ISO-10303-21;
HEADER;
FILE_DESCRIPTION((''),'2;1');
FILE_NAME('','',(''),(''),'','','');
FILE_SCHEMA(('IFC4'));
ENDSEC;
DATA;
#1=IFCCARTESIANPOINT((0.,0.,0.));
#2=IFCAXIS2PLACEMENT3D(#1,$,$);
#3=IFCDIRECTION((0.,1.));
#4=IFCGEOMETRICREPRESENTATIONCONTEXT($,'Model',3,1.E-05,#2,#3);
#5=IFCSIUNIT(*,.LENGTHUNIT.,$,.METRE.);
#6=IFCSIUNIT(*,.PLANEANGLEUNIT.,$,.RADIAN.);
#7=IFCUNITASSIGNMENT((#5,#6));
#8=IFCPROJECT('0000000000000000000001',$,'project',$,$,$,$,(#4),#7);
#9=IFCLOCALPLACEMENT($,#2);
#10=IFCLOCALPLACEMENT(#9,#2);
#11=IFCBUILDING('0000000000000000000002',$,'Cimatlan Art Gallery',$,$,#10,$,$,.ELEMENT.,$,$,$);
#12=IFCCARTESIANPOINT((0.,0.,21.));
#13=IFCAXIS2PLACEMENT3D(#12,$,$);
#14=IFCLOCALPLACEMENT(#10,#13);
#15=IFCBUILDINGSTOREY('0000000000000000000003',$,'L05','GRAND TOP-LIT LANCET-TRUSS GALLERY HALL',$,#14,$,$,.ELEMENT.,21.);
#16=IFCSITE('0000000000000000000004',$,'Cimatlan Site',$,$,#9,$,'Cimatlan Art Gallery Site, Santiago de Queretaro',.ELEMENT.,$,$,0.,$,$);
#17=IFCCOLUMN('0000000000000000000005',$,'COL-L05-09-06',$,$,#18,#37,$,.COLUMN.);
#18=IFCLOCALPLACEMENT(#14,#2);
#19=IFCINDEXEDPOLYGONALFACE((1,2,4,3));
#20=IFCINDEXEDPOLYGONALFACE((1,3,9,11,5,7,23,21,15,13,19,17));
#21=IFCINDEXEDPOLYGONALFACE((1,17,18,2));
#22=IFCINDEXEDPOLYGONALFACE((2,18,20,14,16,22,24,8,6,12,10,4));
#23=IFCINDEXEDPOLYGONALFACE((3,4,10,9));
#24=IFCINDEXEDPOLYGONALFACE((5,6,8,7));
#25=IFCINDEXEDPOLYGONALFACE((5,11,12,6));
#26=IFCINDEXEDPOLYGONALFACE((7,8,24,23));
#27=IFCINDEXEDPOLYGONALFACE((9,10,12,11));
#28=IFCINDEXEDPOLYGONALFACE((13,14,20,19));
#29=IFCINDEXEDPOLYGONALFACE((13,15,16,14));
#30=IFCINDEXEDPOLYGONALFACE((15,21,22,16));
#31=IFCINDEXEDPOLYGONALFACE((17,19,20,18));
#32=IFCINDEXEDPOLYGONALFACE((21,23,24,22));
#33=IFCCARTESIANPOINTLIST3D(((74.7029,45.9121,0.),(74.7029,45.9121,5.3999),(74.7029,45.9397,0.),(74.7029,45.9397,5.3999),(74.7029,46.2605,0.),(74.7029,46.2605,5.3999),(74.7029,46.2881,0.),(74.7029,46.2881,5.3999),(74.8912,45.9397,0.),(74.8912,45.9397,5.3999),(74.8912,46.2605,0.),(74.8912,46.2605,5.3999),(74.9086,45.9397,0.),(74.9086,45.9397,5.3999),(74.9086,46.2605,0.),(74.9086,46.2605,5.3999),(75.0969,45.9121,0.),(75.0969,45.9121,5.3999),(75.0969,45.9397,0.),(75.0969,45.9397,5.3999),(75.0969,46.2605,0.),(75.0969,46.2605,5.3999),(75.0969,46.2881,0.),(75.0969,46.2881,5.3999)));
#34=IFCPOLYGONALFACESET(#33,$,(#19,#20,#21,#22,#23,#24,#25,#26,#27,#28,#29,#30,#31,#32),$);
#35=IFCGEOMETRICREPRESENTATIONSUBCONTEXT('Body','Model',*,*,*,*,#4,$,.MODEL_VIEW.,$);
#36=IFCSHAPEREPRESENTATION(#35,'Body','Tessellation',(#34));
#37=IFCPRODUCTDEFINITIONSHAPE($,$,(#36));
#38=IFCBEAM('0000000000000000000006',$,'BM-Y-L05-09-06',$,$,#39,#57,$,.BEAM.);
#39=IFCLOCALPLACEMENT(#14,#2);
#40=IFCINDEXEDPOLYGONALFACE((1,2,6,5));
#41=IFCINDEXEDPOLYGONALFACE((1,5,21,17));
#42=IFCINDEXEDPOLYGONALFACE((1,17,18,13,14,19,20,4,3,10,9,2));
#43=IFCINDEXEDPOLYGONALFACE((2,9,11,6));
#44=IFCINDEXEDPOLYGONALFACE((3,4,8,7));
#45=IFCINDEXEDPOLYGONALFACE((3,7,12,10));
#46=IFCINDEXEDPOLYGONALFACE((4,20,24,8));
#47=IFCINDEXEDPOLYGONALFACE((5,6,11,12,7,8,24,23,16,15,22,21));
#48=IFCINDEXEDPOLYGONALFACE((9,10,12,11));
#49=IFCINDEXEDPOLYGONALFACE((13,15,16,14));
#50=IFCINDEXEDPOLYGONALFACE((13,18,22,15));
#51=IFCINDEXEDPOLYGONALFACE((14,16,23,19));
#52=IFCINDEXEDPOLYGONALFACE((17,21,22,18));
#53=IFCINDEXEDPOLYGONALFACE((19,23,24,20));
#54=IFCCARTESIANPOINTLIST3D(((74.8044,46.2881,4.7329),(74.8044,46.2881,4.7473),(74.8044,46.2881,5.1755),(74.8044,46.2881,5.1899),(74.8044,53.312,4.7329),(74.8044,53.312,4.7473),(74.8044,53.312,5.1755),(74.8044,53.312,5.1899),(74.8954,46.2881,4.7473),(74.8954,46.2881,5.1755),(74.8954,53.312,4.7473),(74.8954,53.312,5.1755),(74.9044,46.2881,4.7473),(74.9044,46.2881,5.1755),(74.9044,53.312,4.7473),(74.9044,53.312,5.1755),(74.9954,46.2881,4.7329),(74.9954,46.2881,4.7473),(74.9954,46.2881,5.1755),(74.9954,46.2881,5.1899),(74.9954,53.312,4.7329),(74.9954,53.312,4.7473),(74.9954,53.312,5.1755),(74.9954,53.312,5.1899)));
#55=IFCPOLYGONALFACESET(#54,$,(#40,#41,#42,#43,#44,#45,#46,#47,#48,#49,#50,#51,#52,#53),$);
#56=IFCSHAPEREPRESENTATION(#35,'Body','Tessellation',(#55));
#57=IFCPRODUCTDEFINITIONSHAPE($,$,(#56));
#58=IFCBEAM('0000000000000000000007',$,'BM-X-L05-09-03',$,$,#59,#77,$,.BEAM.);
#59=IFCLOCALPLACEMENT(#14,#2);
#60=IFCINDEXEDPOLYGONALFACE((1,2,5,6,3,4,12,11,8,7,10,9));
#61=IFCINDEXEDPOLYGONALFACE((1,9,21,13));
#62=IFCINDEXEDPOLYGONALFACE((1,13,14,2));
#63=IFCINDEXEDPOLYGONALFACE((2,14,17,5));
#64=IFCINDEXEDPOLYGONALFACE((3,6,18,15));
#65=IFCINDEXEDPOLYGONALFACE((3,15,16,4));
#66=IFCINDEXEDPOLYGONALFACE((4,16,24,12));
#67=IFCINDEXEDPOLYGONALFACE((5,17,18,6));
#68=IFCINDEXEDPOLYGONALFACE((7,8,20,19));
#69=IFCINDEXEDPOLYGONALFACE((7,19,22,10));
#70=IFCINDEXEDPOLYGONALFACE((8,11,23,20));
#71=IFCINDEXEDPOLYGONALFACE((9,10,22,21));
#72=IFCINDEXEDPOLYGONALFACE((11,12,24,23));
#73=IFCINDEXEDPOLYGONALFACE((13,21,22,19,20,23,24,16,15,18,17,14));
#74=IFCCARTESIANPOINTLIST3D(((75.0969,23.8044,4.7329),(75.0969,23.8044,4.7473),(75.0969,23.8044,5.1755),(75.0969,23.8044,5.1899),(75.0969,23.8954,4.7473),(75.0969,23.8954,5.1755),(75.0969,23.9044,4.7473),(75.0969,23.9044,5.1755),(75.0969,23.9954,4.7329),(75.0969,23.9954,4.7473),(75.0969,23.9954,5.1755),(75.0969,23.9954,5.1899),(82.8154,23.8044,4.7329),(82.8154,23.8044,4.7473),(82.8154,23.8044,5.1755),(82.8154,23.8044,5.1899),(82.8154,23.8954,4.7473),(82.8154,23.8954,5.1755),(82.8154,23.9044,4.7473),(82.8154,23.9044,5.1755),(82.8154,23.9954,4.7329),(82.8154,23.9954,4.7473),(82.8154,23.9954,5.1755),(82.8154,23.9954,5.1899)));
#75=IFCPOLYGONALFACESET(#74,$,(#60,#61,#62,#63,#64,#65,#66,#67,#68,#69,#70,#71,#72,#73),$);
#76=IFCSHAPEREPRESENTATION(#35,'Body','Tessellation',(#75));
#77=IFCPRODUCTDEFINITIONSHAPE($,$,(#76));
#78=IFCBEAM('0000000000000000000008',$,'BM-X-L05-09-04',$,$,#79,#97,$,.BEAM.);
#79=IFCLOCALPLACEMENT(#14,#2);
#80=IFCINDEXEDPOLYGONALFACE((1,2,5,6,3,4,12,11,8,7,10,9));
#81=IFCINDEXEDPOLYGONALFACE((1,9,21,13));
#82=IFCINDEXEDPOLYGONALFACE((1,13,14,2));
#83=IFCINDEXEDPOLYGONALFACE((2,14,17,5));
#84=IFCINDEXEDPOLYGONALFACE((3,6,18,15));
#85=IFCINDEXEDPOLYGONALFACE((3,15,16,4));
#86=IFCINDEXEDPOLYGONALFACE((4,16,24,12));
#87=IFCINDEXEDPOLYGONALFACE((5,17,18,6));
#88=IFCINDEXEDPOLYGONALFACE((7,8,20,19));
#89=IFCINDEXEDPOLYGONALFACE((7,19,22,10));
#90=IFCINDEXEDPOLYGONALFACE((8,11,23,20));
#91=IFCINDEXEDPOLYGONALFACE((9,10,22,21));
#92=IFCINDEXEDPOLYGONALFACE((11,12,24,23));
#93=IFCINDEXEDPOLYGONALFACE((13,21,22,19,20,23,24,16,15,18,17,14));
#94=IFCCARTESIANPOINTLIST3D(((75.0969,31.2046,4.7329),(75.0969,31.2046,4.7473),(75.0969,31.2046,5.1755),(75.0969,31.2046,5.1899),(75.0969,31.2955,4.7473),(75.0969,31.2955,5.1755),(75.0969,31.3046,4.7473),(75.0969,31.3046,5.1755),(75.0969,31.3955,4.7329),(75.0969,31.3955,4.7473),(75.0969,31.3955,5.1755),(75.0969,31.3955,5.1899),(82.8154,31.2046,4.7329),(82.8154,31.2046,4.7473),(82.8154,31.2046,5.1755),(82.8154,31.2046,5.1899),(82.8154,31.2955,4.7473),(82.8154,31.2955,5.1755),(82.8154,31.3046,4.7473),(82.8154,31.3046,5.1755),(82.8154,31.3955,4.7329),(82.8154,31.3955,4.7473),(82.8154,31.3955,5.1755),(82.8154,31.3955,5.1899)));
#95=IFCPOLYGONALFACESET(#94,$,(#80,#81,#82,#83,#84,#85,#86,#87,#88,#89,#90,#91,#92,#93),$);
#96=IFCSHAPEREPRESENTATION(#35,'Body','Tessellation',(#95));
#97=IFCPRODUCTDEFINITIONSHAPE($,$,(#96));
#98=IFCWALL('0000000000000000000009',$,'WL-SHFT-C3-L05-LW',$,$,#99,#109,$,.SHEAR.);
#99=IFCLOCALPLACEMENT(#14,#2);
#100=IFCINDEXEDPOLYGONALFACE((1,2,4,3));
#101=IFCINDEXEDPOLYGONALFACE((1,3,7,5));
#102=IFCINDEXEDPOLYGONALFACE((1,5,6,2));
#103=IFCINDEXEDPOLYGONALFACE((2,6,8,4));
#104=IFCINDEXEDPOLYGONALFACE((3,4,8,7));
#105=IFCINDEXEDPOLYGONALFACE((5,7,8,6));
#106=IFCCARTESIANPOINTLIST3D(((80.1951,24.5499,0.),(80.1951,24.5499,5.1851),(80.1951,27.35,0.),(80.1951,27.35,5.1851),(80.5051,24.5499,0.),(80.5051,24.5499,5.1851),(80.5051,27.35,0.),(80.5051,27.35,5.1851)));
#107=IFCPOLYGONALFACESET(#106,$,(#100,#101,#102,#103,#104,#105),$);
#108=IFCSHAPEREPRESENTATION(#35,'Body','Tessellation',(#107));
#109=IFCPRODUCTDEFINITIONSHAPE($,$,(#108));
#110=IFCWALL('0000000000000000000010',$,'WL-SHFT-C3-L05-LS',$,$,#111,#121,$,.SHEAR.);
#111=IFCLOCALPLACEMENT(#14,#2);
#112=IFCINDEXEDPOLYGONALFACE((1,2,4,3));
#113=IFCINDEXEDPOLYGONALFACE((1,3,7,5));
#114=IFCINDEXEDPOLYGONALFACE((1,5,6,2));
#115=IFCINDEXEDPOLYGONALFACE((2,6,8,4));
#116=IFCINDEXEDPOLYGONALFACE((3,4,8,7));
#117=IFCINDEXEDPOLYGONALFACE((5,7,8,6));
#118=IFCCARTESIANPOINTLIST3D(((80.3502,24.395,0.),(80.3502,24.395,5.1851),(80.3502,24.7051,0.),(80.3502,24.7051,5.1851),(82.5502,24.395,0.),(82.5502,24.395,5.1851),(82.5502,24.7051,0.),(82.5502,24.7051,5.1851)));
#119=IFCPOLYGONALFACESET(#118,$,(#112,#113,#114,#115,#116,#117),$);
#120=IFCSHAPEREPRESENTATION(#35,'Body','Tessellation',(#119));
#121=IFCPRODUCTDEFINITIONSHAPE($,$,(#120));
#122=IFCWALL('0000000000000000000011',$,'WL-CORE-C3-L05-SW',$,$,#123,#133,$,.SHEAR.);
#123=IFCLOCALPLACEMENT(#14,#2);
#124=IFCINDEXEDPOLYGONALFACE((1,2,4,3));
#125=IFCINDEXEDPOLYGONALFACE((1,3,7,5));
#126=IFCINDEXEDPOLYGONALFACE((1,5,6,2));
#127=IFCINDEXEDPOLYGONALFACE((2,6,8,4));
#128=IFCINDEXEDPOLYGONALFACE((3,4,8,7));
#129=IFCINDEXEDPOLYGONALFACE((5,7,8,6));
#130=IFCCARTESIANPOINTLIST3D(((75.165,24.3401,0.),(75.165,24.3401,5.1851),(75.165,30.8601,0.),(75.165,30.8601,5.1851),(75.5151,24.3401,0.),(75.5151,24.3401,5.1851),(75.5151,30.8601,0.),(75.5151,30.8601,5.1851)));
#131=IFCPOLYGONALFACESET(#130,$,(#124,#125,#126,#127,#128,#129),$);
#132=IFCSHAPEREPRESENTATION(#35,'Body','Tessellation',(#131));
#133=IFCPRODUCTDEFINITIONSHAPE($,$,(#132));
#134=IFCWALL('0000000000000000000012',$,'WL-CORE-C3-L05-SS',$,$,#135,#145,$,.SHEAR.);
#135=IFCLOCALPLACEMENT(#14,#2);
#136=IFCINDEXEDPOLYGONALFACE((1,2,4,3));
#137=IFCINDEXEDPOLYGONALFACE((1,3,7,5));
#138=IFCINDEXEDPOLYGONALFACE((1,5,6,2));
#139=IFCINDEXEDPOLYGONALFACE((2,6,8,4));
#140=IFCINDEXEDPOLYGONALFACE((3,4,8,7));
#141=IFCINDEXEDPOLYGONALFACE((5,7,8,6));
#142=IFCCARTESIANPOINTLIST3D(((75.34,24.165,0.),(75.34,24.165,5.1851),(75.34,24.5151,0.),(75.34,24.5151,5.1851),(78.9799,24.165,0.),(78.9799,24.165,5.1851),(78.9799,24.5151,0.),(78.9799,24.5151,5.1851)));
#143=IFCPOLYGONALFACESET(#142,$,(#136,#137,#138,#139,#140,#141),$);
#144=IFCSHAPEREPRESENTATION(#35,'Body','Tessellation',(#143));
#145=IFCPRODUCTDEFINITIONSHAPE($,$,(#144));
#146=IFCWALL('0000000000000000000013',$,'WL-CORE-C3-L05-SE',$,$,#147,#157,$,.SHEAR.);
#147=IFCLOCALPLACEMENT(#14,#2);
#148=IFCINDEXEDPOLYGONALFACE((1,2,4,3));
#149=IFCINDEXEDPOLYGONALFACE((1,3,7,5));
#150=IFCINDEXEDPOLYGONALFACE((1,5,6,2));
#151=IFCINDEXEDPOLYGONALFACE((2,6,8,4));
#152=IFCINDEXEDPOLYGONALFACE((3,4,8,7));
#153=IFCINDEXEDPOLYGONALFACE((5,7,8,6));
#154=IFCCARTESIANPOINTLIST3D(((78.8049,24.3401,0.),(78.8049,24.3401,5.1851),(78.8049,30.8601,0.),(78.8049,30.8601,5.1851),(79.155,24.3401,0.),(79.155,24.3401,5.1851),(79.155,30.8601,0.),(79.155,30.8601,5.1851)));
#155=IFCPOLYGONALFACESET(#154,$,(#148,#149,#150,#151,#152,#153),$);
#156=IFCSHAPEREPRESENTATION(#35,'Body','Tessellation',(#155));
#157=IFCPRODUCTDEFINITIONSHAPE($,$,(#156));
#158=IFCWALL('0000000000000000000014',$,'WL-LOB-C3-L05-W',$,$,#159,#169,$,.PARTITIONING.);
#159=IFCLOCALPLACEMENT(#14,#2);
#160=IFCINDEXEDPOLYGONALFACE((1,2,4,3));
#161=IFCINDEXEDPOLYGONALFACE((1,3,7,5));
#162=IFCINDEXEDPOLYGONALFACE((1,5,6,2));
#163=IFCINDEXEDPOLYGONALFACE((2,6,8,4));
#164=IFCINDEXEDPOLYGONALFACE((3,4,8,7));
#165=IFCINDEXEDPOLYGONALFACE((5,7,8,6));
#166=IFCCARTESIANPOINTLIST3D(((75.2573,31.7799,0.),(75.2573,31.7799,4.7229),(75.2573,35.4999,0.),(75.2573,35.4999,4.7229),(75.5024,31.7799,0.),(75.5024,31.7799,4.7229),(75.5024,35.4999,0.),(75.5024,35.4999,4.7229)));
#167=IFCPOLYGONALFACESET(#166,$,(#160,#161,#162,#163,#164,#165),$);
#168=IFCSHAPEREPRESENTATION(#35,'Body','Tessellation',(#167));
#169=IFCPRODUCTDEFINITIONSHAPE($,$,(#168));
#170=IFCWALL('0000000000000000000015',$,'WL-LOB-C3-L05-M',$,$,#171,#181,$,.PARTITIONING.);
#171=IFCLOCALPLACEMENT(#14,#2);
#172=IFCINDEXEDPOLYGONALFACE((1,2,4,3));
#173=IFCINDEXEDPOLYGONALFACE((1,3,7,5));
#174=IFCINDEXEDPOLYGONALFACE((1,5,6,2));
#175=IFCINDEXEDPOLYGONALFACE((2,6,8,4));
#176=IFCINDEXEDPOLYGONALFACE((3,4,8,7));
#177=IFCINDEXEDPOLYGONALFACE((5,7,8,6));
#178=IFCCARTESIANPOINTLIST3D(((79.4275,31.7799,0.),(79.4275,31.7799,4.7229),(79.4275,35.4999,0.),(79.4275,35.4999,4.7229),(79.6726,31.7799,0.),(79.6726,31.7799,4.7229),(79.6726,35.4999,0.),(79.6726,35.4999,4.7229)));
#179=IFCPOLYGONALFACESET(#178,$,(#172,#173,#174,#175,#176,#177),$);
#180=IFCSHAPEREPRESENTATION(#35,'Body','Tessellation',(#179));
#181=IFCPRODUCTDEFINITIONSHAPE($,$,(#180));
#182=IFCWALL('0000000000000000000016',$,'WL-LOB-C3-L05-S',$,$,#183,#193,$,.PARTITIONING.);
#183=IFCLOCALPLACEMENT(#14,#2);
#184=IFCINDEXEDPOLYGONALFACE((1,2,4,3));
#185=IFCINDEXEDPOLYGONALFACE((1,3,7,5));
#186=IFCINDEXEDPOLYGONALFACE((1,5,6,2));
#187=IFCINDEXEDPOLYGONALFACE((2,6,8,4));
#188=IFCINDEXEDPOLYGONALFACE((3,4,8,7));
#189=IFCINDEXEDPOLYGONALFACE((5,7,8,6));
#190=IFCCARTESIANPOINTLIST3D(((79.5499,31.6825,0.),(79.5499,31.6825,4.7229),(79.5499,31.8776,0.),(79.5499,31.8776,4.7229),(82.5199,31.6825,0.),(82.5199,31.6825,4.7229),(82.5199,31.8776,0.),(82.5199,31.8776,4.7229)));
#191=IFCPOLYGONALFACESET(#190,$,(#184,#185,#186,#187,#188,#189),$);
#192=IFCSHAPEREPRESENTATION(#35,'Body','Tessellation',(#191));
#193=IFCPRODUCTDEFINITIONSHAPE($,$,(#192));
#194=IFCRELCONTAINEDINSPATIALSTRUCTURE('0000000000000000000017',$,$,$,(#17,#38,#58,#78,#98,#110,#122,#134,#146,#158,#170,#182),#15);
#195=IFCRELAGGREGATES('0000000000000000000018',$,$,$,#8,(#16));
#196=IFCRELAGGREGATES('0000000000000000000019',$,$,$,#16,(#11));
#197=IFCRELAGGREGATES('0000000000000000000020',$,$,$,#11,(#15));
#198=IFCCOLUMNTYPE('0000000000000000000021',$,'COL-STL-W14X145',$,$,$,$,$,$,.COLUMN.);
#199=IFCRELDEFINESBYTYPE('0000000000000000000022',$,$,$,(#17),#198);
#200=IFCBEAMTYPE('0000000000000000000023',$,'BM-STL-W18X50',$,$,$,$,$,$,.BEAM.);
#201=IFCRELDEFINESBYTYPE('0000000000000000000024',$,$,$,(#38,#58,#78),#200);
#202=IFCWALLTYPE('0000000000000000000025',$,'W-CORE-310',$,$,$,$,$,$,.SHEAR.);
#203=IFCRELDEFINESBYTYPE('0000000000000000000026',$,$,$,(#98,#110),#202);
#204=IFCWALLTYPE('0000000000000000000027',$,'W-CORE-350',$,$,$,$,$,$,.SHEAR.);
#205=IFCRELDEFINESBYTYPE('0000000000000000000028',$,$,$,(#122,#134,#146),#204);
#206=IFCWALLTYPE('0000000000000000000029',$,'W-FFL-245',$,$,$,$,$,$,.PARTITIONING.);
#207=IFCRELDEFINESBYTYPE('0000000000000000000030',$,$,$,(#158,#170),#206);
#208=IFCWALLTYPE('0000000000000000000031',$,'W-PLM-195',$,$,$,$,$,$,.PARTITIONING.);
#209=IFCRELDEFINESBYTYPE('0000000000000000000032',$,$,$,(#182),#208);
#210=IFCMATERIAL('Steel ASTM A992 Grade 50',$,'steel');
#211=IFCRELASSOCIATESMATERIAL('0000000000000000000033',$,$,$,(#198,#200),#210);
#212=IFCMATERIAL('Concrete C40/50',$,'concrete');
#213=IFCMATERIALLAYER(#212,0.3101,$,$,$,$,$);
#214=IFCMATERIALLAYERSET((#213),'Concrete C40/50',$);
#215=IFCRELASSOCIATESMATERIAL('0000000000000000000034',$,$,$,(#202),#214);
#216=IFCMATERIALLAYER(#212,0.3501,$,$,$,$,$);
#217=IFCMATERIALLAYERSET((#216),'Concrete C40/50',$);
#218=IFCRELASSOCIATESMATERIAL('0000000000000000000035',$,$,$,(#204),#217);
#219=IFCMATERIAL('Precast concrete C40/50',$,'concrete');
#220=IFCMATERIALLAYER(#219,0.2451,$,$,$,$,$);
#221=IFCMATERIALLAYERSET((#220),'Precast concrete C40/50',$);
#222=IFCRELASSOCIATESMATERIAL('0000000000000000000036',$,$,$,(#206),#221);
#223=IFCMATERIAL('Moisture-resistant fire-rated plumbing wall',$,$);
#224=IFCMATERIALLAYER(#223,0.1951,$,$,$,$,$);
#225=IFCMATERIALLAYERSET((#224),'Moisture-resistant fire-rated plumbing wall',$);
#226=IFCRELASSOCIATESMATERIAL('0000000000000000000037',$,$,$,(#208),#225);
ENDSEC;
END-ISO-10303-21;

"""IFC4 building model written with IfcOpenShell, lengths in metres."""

from ifc_helpers import new_model, si_unit, direction, frame, frame_2d, origin, origin_2d, place, context, subcontext, project, spatial, rectangle, i_section, extrude, material, layer, layer_set, material_profile, profile_set, type_object, element, save


model = new_model("IFC4")

# Units and contexts
model_context = context("Model", 3, precision=1e-05, world=origin(), true_north=direction((0.0, 1.0)))
body_context = subcontext(model_context, "Body", "Model", "MODEL_VIEW")
ifc_project = project(units=[si_unit("LENGTHUNIT", "METRE"), si_unit("PLANEANGLEUNIT", "RADIAN")], contexts=[model_context])

# Site, building, storey
site_placement = place(None, origin())
site = spatial("IfcSite", under=ifc_project, at=site_placement, Name="Cimatlan Site", LongName="Cimatlan Art Gallery Site, Santiago de Queretaro", CompositionType="ELEMENT", RefElevation=0.0)
building_placement = place(site_placement, origin())
building = spatial("IfcBuilding", under=site, at=building_placement, Name="Cimatlan Art Gallery", CompositionType="ELEMENT")
storey_placement = place(building_placement, frame((0.0, 0.0, 21.0)))
storey = spatial("IfcBuildingStorey", under=building, at=storey_placement, Name="L05", Description="GRAND TOP-LIT LANCET-TRUSS GALLERY HALL", CompositionType="ELEMENT", Elevation=21.0)

# Column
ifc_material_1 = material(Name="Steel ASTM A992 Grade 50", Category="steel")
ifc_material_profile_1 = material_profile(ifc_material_1, i_section(OverallWidth=0.394, OverallDepth=0.376, WebThickness=0.0173, FlangeThickness=0.0276, at=origin_2d()), Name="W14X145")
ifc_profile_set_1 = profile_set([ifc_material_profile_1], Name="Steel ASTM A992 Grade 50")
column_type = type_object("IfcColumnType", Name="COL-STL-W14X145", PredefinedType="COLUMN", material=ifc_profile_set_1)
column_placement = place(storey_placement, frame((74.8999, 46.1001, 0.0), z_axis=(0.0, 0.0, 1.0), x_axis=(1.0, 0.0, 0.0)))
element("IfcColumn", 1, at=column_placement, inside=storey, type_object=column_type, Name="COL-L05-09-06", PredefinedType="COLUMN", context=body_context, shape_type="SweptSolid", body=[
    extrude(i_section(OverallWidth=0.394, OverallDepth=0.376, WebThickness=0.0173, FlangeThickness=0.0276, at=origin_2d()), origin(), (0.0, 0.0, 1.0), 5.3999),
])

# Beams
ifc_material_profile_2 = material_profile(ifc_material_1, i_section(OverallWidth=0.1909, OverallDepth=0.457, WebThickness=0.009, FlangeThickness=0.0144, at=origin_2d()), Name="W18X50")
ifc_profile_set_2 = profile_set([ifc_material_profile_2], Name="Steel ASTM A992 Grade 50")
beam_type = type_object("IfcBeamType", Name="BM-STL-W18X50", PredefinedType="BEAM", material=ifc_profile_set_2)
beam_placement = place(storey_placement, frame((74.8999, 46.2881, 4.9614), z_axis=(0.0, 1.0, 0.0), x_axis=(-1.0, 0.0, 0.0)))
element("IfcBeam", 2, at=beam_placement, inside=storey, type_object=beam_type, Name="BM-Y-L05-09-06", PredefinedType="BEAM", context=body_context, shape_type="SweptSolid", body=[
    extrude(i_section(OverallWidth=0.1909, OverallDepth=0.457, WebThickness=0.009, FlangeThickness=0.0144, at=origin_2d()), origin(), (0.0, 0.0, 1.0), 7.0239),
])
for number, where, z_axis, x_axis, name in (
    (3, (75.0969, 23.8999, 4.9614), (1.0, 0.0, 0.0), (0.0, 1.0, 0.0), "BM-X-L05-09-03"),
    (4, (75.0969, 31.3, 4.9614), (1.0, 0.0, 0.0), (0.0, 1.0, 0.0), "BM-X-L05-09-04"),
):
    element("IfcBeam", number, at=place(storey_placement, frame(where, z_axis=z_axis, x_axis=x_axis)), inside=storey, type_object=beam_type, Name=name, PredefinedType="BEAM", context=body_context, shape_type="SweptSolid", body=[
        extrude(i_section(OverallWidth=0.1909, OverallDepth=0.457, WebThickness=0.009, FlangeThickness=0.0144, at=origin_2d()), origin(), (0.0, 0.0, 1.0), 7.7185),
    ])

# Walls
ifc_material_2 = material(Name="Concrete C40/50", Category="concrete")
ifc_layer_1 = layer(ifc_material_2, 0.3101)
ifc_layer_set_1 = layer_set([ifc_layer_1], Name="Concrete C40/50")
wall_type_1 = type_object("IfcWallType", Name="W-CORE-310", PredefinedType="SHEAR", material=ifc_layer_set_1)
wall_1_placement = place(storey_placement, frame((80.3501, 24.55, 0.0), z_axis=(0.0, 0.0, 1.0), x_axis=(0.0, 1.0, 0.0)))
element("IfcWall", 5, at=wall_1_placement, inside=storey, type_object=wall_type_1, Name="WL-SHFT-C3-L05-LW", PredefinedType="SHEAR", context=body_context, shape_type="SweptSolid", body=[
    extrude(rectangle(XDim=2.8, YDim=0.3101, at=frame_2d((1.3999, 0.0))), origin(), (0.0, 0.0, 1.0), 5.1851),
])
wall_2_placement = place(storey_placement, frame((80.3501, 24.55, 0.0), z_axis=(0.0, 0.0, 1.0), x_axis=(1.0, 0.0, 0.0)))
element("IfcWall", 6, at=wall_2_placement, inside=storey, type_object=wall_type_1, Name="WL-SHFT-C3-L05-LS", PredefinedType="SHEAR", context=body_context, shape_type="SweptSolid", body=[
    extrude(rectangle(XDim=2.2, YDim=0.3101, at=frame_2d((1.1001, 0.0))), origin(), (0.0, 0.0, 1.0), 5.1851),
])

# Walls
ifc_layer_2 = layer(ifc_material_2, 0.3501)
ifc_layer_set_2 = layer_set([ifc_layer_2], Name="Concrete C40/50")
wall_type_2 = type_object("IfcWallType", Name="W-CORE-350", PredefinedType="SHEAR", material=ifc_layer_set_2)
wall_3_placement = place(storey_placement, frame((75.3401, 24.3401, 0.0), z_axis=(0.0, 0.0, 1.0), x_axis=(0.0, 1.0, 0.0)))
element("IfcWall", 7, at=wall_3_placement, inside=storey, type_object=wall_type_2, Name="WL-CORE-C3-L05-SW", PredefinedType="SHEAR", context=body_context, shape_type="SweptSolid", body=[
    extrude(rectangle(XDim=6.52, YDim=0.3501, at=frame_2d((3.26, 0.0))), origin(), (0.0, 0.0, 1.0), 5.1851),
])
wall_4_placement = place(storey_placement, frame((75.3401, 24.3401, 0.0), z_axis=(0.0, 0.0, 1.0), x_axis=(1.0, 0.0, 0.0)))
element("IfcWall", 8, at=wall_4_placement, inside=storey, type_object=wall_type_2, Name="WL-CORE-C3-L05-SS", PredefinedType="SHEAR", context=body_context, shape_type="SweptSolid", body=[
    extrude(rectangle(XDim=3.6399, YDim=0.3501, at=frame_2d((1.8198, 0.0))), origin(), (0.0, 0.0, 1.0), 5.1851),
])
wall_5_placement = place(storey_placement, frame((78.98, 24.3401, 0.0), z_axis=(0.0, 0.0, 1.0), x_axis=(0.0, 1.0, 0.0)))
element("IfcWall", 9, at=wall_5_placement, inside=storey, type_object=wall_type_2, Name="WL-CORE-C3-L05-SE", PredefinedType="SHEAR", context=body_context, shape_type="SweptSolid", body=[
    extrude(rectangle(XDim=6.52, YDim=0.3501, at=frame_2d((3.26, 0.0))), origin(), (0.0, 0.0, 1.0), 5.1851),
])

# Shared definitions
ifc_material_3 = material(Name="Precast concrete C40/50", Category="concrete")
ifc_layer_3 = layer(ifc_material_3, 0.2451)
ifc_layer_set_3 = layer_set([ifc_layer_3], Name="Precast concrete C40/50")
wall_type_3 = type_object("IfcWallType", Name="W-FFL-245", PredefinedType="PARTITIONING", material=ifc_layer_set_3)

# Walls
for number, where, z_axis, x_axis, name in (
    (10, (75.3799, 31.78, 0.0), (0.0, 0.0, 1.0), (0.0, 1.0, 0.0), "WL-LOB-C3-L05-W"),
    (11, (79.55, 31.78, 0.0), (0.0, 0.0, 1.0), (0.0, 1.0, 0.0), "WL-LOB-C3-L05-M"),
):
    element("IfcWall", number, at=place(storey_placement, frame(where, z_axis=z_axis, x_axis=x_axis)), inside=storey, type_object=wall_type_3, Name=name, PredefinedType="PARTITIONING", context=body_context, shape_type="SweptSolid", body=[
        extrude(rectangle(XDim=3.72, YDim=0.2451, at=frame_2d((1.8599, 0.0))), origin(), (0.0, 0.0, 1.0), 4.7229),
    ])
ifc_material_4 = material(Name="Moisture-resistant fire-rated plumbing wall")
ifc_layer_4 = layer(ifc_material_4, 0.1951)
ifc_layer_set_4 = layer_set([ifc_layer_4], Name="Moisture-resistant fire-rated plumbing wall")
wall_type_4 = type_object("IfcWallType", Name="W-PLM-195", PredefinedType="PARTITIONING", material=ifc_layer_set_4)
wall_6_placement = place(storey_placement, frame((79.55, 31.78, 0.0), z_axis=(0.0, 0.0, 1.0), x_axis=(1.0, 0.0, 0.0)))
element("IfcWall", 12, at=wall_6_placement, inside=storey, type_object=wall_type_4, Name="WL-LOB-C3-L05-S", PredefinedType="PARTITIONING", context=body_context, shape_type="SweptSolid", body=[
    extrude(rectangle(XDim=2.97, YDim=0.1951, at=frame_2d((1.4849, 0.0))), origin(), (0.0, 0.0, 1.0), 4.7229),
])

save(model, "model.ifc")
